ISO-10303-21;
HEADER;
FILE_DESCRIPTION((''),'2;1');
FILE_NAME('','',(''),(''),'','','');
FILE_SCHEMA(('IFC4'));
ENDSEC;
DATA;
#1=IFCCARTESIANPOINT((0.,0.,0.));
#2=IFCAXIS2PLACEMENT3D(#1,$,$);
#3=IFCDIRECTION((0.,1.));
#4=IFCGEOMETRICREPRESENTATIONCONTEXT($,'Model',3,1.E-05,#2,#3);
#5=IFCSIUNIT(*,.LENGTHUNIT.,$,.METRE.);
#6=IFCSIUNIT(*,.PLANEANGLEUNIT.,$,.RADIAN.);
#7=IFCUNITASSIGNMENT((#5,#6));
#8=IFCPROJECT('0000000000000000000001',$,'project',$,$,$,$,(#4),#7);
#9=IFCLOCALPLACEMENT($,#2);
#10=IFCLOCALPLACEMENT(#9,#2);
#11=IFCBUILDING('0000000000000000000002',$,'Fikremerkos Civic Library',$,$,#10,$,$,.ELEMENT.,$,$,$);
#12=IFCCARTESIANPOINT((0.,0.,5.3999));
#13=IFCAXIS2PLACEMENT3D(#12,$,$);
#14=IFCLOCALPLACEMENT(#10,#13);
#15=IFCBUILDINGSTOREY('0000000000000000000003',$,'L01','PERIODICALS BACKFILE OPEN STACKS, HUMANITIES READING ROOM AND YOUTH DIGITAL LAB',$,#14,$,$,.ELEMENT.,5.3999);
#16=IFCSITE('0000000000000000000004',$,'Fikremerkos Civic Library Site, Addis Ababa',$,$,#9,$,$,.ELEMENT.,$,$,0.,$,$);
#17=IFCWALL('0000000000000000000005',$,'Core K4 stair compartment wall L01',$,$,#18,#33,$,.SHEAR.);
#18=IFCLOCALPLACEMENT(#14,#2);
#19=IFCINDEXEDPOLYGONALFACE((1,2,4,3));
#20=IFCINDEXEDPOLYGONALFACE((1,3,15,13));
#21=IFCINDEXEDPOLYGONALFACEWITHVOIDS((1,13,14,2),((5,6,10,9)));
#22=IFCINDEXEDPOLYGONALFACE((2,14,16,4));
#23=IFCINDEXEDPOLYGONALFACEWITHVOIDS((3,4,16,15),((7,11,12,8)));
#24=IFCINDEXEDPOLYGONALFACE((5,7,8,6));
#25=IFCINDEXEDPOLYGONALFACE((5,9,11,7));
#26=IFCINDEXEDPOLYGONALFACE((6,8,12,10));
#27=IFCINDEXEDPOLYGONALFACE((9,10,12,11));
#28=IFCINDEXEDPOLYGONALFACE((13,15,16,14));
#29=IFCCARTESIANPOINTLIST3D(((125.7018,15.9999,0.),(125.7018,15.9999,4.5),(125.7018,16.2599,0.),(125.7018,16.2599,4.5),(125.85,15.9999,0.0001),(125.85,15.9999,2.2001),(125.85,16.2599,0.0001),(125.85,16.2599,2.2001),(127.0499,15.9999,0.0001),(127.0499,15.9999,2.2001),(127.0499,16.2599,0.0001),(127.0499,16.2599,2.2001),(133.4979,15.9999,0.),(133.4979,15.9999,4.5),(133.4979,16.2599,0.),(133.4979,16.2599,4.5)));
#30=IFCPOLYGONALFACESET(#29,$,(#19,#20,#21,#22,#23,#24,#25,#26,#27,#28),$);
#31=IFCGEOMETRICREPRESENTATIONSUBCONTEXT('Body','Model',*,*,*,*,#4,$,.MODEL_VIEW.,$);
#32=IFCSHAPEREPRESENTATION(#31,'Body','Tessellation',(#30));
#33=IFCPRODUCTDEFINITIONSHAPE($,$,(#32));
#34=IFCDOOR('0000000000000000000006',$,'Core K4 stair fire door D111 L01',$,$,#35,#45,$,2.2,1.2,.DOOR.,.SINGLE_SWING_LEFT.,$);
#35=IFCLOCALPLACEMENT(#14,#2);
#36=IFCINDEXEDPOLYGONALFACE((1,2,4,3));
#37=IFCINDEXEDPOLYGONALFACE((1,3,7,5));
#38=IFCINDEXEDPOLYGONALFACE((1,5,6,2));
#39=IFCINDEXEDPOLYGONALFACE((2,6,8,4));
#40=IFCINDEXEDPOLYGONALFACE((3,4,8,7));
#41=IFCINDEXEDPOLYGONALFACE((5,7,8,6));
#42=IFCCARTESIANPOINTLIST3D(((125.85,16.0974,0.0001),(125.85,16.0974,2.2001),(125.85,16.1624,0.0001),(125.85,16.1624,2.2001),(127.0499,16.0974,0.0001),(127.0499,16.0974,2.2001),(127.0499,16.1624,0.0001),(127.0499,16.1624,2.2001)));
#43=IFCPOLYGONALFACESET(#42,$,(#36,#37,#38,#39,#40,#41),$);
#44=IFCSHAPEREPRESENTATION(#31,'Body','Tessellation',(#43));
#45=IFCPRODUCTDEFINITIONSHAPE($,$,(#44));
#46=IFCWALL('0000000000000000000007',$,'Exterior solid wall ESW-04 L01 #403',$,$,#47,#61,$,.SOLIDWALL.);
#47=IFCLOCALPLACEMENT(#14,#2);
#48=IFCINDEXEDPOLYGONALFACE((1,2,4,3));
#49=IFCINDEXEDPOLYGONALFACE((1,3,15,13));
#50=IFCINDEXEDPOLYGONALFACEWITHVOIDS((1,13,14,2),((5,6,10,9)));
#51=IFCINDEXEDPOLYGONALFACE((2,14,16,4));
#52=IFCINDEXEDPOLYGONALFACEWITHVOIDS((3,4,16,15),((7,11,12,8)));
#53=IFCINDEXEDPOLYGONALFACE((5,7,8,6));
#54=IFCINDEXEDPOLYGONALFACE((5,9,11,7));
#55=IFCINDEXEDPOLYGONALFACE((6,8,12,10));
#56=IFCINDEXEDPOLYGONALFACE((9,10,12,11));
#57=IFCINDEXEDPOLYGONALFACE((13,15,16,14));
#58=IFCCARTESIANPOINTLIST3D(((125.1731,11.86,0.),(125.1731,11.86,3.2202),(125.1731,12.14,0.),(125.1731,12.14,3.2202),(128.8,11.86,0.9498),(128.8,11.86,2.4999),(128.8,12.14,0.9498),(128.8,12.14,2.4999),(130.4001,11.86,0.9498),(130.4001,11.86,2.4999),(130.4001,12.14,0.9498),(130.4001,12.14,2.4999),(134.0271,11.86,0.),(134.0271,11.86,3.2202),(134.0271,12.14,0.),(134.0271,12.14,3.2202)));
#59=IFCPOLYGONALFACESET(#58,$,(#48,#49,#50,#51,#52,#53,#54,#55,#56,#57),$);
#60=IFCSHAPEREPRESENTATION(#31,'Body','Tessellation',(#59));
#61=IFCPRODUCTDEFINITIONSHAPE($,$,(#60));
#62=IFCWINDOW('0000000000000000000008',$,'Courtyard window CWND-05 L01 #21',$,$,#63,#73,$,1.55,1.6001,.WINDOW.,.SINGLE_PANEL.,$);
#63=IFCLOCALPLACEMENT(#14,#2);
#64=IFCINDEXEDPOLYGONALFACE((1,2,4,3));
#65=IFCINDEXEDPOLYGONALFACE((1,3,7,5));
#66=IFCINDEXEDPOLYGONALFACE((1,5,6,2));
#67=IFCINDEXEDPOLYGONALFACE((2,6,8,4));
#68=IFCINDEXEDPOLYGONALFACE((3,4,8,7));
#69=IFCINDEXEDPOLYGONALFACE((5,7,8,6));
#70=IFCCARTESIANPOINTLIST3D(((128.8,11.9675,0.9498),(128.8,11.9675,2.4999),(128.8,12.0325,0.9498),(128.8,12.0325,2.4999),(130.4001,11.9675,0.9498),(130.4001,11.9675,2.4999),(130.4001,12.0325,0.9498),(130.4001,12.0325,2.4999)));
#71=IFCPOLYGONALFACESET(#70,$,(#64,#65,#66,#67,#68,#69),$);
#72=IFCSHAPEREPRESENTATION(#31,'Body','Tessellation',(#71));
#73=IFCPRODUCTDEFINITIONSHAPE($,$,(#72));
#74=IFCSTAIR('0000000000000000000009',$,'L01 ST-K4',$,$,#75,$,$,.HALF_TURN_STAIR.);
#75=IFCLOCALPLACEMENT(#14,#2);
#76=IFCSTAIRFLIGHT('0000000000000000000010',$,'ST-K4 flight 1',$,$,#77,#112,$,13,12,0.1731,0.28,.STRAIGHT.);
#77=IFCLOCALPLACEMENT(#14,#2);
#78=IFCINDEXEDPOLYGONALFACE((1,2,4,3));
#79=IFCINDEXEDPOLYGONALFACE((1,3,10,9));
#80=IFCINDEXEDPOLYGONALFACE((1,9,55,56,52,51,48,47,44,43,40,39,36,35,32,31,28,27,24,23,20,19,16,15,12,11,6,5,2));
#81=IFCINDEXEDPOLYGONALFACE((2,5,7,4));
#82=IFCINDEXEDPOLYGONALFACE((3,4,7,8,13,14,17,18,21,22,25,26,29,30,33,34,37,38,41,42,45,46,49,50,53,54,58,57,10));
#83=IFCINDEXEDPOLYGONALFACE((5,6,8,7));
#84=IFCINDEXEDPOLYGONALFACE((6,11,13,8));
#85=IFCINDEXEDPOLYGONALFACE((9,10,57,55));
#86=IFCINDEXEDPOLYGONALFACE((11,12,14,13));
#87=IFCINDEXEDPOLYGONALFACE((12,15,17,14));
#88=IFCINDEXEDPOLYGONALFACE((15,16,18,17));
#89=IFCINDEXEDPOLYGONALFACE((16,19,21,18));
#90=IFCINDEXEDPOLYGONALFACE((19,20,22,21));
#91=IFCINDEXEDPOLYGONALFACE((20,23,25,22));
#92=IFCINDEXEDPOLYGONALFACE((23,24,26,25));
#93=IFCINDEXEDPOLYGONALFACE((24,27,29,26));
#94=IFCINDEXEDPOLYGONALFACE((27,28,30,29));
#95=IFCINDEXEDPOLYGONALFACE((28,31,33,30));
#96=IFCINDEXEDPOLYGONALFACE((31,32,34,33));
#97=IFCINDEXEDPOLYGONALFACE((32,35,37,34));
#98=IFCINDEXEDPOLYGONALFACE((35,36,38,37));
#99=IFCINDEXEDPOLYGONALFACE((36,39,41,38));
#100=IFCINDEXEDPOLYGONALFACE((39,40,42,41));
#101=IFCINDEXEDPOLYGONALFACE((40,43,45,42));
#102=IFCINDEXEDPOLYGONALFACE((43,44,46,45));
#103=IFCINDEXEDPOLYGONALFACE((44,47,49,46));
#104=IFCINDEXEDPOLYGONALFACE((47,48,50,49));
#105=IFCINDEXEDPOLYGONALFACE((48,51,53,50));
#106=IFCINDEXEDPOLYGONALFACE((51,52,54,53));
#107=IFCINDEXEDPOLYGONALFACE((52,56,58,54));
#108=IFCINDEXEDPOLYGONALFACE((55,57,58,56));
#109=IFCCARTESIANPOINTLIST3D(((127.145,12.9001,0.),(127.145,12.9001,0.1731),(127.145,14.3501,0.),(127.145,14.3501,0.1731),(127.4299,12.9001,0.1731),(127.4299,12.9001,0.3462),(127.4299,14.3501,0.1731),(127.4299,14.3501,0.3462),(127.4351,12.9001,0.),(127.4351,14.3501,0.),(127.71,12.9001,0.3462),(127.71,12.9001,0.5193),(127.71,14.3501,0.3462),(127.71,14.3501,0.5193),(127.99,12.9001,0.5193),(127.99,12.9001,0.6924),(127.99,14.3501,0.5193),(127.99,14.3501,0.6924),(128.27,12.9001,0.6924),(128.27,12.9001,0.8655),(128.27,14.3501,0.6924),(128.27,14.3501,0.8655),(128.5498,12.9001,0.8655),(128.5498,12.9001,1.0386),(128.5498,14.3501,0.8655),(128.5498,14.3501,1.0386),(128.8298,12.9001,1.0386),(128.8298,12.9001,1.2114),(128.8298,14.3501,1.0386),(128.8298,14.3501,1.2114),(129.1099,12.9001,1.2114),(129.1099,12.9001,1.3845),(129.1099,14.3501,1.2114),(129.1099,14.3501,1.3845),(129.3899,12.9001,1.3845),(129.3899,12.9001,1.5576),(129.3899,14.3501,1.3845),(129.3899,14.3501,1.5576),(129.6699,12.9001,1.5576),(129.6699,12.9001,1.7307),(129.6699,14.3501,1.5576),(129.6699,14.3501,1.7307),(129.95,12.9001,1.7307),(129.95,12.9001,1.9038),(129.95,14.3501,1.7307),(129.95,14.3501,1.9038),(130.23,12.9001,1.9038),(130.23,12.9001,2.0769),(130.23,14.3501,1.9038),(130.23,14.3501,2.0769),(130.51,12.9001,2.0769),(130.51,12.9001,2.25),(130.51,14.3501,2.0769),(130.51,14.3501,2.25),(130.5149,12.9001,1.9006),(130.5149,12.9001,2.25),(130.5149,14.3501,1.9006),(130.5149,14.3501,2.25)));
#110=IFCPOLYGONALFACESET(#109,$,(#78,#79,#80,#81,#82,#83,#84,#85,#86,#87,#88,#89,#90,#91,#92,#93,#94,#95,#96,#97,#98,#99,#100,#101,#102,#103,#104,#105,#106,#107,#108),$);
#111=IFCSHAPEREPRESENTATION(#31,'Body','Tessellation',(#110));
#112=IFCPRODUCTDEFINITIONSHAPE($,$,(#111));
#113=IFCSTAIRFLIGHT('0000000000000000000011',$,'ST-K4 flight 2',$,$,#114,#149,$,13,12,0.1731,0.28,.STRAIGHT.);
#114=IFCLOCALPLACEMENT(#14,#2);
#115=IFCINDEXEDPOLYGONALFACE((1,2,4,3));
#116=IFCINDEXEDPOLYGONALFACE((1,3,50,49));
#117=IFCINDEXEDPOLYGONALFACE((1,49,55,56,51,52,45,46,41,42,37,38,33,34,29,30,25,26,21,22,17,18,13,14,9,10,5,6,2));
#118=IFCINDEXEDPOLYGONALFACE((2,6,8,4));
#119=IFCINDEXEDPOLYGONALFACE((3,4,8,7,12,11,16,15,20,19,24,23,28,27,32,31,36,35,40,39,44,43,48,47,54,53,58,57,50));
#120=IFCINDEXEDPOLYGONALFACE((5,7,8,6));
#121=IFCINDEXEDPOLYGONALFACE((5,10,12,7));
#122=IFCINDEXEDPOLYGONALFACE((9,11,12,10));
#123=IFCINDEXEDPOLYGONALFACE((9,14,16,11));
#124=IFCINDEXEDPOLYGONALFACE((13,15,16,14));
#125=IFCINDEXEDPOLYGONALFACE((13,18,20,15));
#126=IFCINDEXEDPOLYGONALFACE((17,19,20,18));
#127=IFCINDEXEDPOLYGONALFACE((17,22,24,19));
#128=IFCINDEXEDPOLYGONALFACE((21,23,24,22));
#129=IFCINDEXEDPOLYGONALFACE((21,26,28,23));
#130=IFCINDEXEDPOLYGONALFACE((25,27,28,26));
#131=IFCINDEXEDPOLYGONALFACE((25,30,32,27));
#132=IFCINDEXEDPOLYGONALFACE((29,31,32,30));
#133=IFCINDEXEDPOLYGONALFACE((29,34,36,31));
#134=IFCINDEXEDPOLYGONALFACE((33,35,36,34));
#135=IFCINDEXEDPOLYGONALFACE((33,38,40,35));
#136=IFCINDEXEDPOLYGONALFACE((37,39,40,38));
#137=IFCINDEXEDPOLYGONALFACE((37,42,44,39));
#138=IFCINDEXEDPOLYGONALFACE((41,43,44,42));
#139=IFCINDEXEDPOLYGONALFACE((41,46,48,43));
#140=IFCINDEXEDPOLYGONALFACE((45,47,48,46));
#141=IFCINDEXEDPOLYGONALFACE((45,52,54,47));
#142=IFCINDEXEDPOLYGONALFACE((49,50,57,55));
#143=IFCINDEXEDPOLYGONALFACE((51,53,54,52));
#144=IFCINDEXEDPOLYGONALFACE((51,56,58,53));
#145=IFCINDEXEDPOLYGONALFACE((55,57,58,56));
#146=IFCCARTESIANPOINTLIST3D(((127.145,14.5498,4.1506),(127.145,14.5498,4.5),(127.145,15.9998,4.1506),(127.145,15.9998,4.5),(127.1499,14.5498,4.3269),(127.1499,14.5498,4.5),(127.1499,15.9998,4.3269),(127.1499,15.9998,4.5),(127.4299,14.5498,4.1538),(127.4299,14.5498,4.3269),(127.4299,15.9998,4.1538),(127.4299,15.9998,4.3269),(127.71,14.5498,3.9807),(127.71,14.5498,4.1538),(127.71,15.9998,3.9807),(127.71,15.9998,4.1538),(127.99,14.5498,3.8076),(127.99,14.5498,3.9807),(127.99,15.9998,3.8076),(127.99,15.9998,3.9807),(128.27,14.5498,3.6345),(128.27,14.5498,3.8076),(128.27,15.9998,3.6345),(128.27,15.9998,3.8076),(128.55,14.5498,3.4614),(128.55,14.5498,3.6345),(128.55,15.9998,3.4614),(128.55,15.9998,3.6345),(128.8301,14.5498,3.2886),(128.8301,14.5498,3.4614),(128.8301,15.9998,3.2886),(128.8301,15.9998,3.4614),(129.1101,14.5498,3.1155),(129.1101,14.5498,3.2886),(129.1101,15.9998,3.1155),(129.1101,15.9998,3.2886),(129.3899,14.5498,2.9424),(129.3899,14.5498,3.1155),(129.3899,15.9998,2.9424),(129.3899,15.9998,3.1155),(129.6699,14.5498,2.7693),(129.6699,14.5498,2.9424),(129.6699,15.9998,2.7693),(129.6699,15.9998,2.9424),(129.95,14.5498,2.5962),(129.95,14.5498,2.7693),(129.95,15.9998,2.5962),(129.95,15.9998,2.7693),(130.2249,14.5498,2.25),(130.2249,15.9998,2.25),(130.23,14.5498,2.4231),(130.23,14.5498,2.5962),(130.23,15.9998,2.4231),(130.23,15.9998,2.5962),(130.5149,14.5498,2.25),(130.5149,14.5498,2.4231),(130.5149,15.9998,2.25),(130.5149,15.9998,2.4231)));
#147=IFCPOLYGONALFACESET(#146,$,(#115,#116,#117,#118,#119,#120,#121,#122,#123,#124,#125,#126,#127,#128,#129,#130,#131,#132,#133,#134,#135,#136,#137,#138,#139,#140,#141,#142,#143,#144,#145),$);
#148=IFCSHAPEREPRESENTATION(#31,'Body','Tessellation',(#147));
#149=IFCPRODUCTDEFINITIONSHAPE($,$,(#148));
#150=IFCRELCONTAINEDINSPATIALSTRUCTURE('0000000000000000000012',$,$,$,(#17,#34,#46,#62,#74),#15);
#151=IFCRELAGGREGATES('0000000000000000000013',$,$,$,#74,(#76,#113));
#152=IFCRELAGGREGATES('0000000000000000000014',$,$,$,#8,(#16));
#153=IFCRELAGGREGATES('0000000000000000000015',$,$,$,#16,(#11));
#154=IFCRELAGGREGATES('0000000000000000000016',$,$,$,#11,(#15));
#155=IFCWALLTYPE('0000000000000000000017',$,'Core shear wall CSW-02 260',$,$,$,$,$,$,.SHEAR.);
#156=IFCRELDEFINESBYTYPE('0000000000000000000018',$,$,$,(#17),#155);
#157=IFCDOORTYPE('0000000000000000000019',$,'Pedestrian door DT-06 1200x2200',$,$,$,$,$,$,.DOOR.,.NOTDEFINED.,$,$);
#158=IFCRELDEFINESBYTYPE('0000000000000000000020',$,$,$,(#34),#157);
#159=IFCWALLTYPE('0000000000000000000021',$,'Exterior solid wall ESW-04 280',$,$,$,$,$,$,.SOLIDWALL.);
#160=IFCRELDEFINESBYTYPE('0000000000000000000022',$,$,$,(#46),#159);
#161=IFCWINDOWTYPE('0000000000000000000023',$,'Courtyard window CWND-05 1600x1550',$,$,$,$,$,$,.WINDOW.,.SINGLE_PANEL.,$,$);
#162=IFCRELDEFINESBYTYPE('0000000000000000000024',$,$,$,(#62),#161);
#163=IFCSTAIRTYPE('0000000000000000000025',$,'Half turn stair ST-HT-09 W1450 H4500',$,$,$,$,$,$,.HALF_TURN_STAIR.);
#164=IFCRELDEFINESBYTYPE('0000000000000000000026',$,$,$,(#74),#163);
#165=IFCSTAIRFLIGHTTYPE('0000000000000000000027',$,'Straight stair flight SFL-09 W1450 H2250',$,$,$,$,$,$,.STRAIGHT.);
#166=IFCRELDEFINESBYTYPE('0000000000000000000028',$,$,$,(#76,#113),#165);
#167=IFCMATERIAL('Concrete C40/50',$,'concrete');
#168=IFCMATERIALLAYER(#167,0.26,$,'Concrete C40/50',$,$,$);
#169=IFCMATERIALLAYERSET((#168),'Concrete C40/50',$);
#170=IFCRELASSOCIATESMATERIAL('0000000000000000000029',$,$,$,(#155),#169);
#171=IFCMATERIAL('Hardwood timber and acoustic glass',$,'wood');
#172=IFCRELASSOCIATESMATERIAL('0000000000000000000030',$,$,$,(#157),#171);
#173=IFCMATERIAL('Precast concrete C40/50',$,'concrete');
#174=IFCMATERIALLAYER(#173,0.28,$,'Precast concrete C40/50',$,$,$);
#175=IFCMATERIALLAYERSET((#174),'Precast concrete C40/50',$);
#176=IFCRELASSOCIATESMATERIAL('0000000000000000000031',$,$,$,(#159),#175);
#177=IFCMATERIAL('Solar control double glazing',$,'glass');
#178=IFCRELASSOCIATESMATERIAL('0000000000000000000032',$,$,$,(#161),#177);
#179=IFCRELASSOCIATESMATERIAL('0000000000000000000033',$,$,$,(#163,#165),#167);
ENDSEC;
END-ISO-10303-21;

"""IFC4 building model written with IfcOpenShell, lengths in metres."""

from ifc_helpers import new_model, si_unit, direction, frame, frame_2d, origin, place, context, subcontext, project, spatial, polyline, rectangle, outline, extrude, material, layer, layer_set, type_object, element, fill, aggregate, save


model = new_model("IFC4")

# Units and contexts
model_context = context("Model", 3, precision=1e-05, world=origin(), true_north=direction((0.0, 1.0)))
body_context = subcontext(model_context, "Body", "Model", "MODEL_VIEW")
ifc_project = project(units=[si_unit("LENGTHUNIT", "METRE"), si_unit("PLANEANGLEUNIT", "RADIAN")], contexts=[model_context])

# Site, building, storey
site_placement = place(None, origin())
site = spatial("IfcSite", under=ifc_project, at=site_placement, Name="Fikremerkos Civic Library Site, Addis Ababa", CompositionType="ELEMENT", RefElevation=0.0)
building_placement = place(site_placement, origin())
building = spatial("IfcBuilding", under=site, at=building_placement, Name="Fikremerkos Civic Library", CompositionType="ELEMENT")
storey_placement = place(building_placement, frame((0.0, 0.0, 5.3999)))
storey = spatial("IfcBuildingStorey", under=building, at=storey_placement, Name="L01", Description="PERIODICALS BACKFILE OPEN STACKS, HUMANITIES READING ROOM AND YOUTH DIGITAL LAB", CompositionType="ELEMENT", Elevation=5.3999)

# Shared definitions
ifc_material_1 = material(Name="Concrete C40/50", Category="concrete")

# Wall, opening, door
ifc_layer_1 = layer(ifc_material_1, 0.26, Name="Concrete C40/50")
ifc_layer_set_1 = layer_set([ifc_layer_1], Name="Concrete C40/50")
wall_type_1 = type_object("IfcWallType", Name="Core shear wall CSW-02 260", PredefinedType="SHEAR", material=ifc_layer_set_1)
wall_1_placement = place(storey_placement, frame((125.7019, 16.1299, 0.0), z_axis=(0.0, 0.0, 1.0), x_axis=(1.0, 0.0, 0.0)))
wall_1 = element("IfcWall", 1, at=wall_1_placement, inside=storey, type_object=wall_type_1, Name="Core K4 stair compartment wall L01", PredefinedType="SHEAR", context=body_context, shape_type="SweptSolid", body=[
    extrude(rectangle(XDim=7.7961, YDim=0.26, at=frame_2d((3.8979, 0.0))), origin(), (0.0, 0.0, 1.0), 4.5),
])
opening_1_placement = place(wall_1_placement, frame((0.1479, 0.0, 0.0)))
opening_1 = element("IfcOpeningElement", 2, at=opening_1_placement, cuts=wall_1, PredefinedType="OPENING", context=body_context, shape_type="SweptSolid", body=[
    extrude(rectangle(XDim=1.2, YDim=2.2, at=frame_2d((0.6001, 1.1001))), frame((0.0, 0.1399, 0.0), z_axis=(0.0, -1.0, 0.0), x_axis=(1.0, 0.0, 0.0)), (0.0, 0.0, 1.0), 0.28),
])
ifc_material_2 = material(Name="Hardwood timber and acoustic glass", Category="wood")
door_type = type_object("IfcDoorType", Name="Pedestrian door DT-06 1200x2200", OperationType="NOTDEFINED", PredefinedType="DOOR", material=ifc_material_2)
door_placement = place(opening_1_placement, origin())
door = element("IfcDoor", 3, at=door_placement, inside=storey, type_object=door_type, Name="Core K4 stair fire door D111 L01", OperationType="SINGLE_SWING_LEFT", OverallHeight=2.2, OverallWidth=1.2, PredefinedType="DOOR", context=body_context, shape_type="SweptSolid", body=[
    extrude(rectangle(XDim=1.2, YDim=2.2, at=frame_2d((0.6001, 1.1001))), frame((0.0, 0.0325, 0.0), z_axis=(0.0, -1.0, 0.0), x_axis=(1.0, 0.0, 0.0)), (0.0, 0.0, 1.0), 0.0649),
])
fill(opening_1, door)

# Wall, opening, window
ifc_material_3 = material(Name="Precast concrete C40/50", Category="concrete")
ifc_layer_2 = layer(ifc_material_3, 0.28, Name="Precast concrete C40/50")
ifc_layer_set_2 = layer_set([ifc_layer_2], Name="Precast concrete C40/50")
wall_type_2 = type_object("IfcWallType", Name="Exterior solid wall ESW-04 280", PredefinedType="SOLIDWALL", material=ifc_layer_set_2)
wall_2_placement = place(storey_placement, frame((134.0271, 12.0, 0.0), z_axis=(0.0, 0.0, 1.0), x_axis=(-1.0, 0.0, 0.0)))
wall_2 = element("IfcWall", 4, at=wall_2_placement, inside=storey, type_object=wall_type_2, Name="Exterior solid wall ESW-04 L01 #403", PredefinedType="SOLIDWALL", context=body_context, shape_type="SweptSolid", body=[
    extrude(rectangle(XDim=8.854, YDim=0.28, at=frame_2d((4.427, 0.0))), origin(), (0.0, 0.0, 1.0), 3.2202),
])
opening_2_placement = place(wall_2_placement, frame((3.627, 0.0, 0.95)))
opening_2 = element("IfcOpeningElement", 5, at=opening_2_placement, cuts=wall_2, PredefinedType="OPENING", context=body_context, shape_type="SweptSolid", body=[
    extrude(rectangle(XDim=1.6001, YDim=1.55, at=frame_2d((0.8, 0.7749))), frame((0.0, 0.1499, 0.0), z_axis=(0.0, -1.0, 0.0), x_axis=(1.0, 0.0, 0.0)), (0.0, 0.0, 1.0), 0.3),
])
ifc_material_4 = material(Name="Solar control double glazing", Category="glass")
window_type = type_object("IfcWindowType", Name="Courtyard window CWND-05 1600x1550", PartitioningType="SINGLE_PANEL", PredefinedType="WINDOW", material=ifc_material_4)
window_placement = place(opening_2_placement, origin())
window = element("IfcWindow", 6, at=window_placement, inside=storey, type_object=window_type, Name="Courtyard window CWND-05 L01 #21", OverallHeight=1.55, OverallWidth=1.6001, PartitioningType="SINGLE_PANEL", PredefinedType="WINDOW", context=body_context, shape_type="SweptSolid", body=[
    extrude(rectangle(XDim=1.6001, YDim=1.55, at=frame_2d((0.8, 0.7749))), frame((0.0, 0.0325, 0.0), z_axis=(0.0, -1.0, 0.0), x_axis=(1.0, 0.0, 0.0)), (0.0, 0.0, 1.0), 0.0649),
])
fill(opening_2, window)

# Stair, stair flights
stair_type = type_object("IfcStairType", Name="Half turn stair ST-HT-09 W1450 H4500", PredefinedType="HALF_TURN_STAIR", material=ifc_material_1)
stair_placement = place(storey_placement, origin())
stair = element("IfcStair", 7, at=stair_placement, inside=storey, type_object=stair_type, Name="L01 ST-K4", PredefinedType="HALF_TURN_STAIR")
stair_flight_type = type_object("IfcStairFlightType", Name="Straight stair flight SFL-09 W1450 H2250", PredefinedType="STRAIGHT", material=ifc_material_1)
stair_flight_1_placement = place(storey_placement, frame((127.1499, 13.625, 0.0), z_axis=(0.0, 0.0, 1.0), x_axis=(1.0, 0.0, 0.0)))
stair_flight_1 = element("IfcStairFlight", 8, at=stair_flight_1_placement, type_object=stair_flight_type, Name="ST-K4 flight 1", NumberOfRisers=13, NumberOfTreads=12, PredefinedType="STRAIGHT", RiserHeight=0.1731, TreadLength=0.28, context=body_context, shape_type="SweptSolid", body=[
    extrude(outline(polyline([(-0.0049, 0.0), (-0.0049, 0.1731), (0.28, 0.1731), (0.28, 0.3462), (0.5601, 0.3462), (0.5601, 0.5193), (0.8401, 0.5193), (0.8401, 0.6924), (1.1201, 0.6924), (1.1201, 0.8655), (1.3999, 0.8655), (1.3999, 1.0386), (1.6799, 1.0386), (1.6799, 1.2114), (1.96, 1.2114), (1.96, 1.3845), (2.24, 1.3845), (2.24, 1.5576), (2.52, 1.5576), (2.52, 1.7307), (2.8, 1.7307), (2.8, 1.9038), (3.0801, 1.9038), (3.0801, 2.0769), (3.3601, 2.0769), (3.3601, 2.25), (3.365, 2.25), (3.365, 1.9006), (0.2852, 0.0), (-0.0049, 0.0)])), frame((0.0, 0.7251, 0.0), z_axis=(0.0, -1.0, 0.0), x_axis=(1.0, 0.0, 0.0)), (0.0, 0.0, 1.0), 1.45),
])
stair_flight_2_placement = place(storey_placement, frame((130.51, 15.2749, 2.25), z_axis=(0.0, 0.0, 1.0), x_axis=(-1.0, 0.0, 0.0)))
stair_flight_2 = element("IfcStairFlight", 9, at=stair_flight_2_placement, type_object=stair_flight_type, Name="ST-K4 flight 2", NumberOfRisers=13, NumberOfTreads=12, PredefinedType="STRAIGHT", RiserHeight=0.1731, TreadLength=0.28, context=body_context, shape_type="SweptSolid", body=[
    extrude(outline(polyline([(-0.0049, 0.0), (-0.0049, 0.1731), (0.28, 0.1731), (0.28, 0.3462), (0.5601, 0.3462), (0.5601, 0.5193), (0.8401, 0.5193), (0.8401, 0.6924), (1.1201, 0.6924), (1.1201, 0.8655), (1.3999, 0.8655), (1.3999, 1.0386), (1.6799, 1.0386), (1.6799, 1.2114), (1.96, 1.2114), (1.96, 1.3845), (2.24, 1.3845), (2.24, 1.5576), (2.52, 1.5576), (2.52, 1.7307), (2.8, 1.7307), (2.8, 1.9038), (3.0801, 1.9038), (3.0801, 2.0769), (3.3601, 2.0769), (3.3601, 2.25), (3.365, 2.25), (3.365, 1.9006), (0.2852, 0.0), (-0.0049, 0.0)])), frame((0.0, 0.7251, 0.0), z_axis=(0.0, -1.0, 0.0), x_axis=(1.0, 0.0, 0.0)), (0.0, 0.0, 1.0), 1.45),
])
aggregate(stair, [stair_flight_1, stair_flight_2])

save(model, "model.ifc")
